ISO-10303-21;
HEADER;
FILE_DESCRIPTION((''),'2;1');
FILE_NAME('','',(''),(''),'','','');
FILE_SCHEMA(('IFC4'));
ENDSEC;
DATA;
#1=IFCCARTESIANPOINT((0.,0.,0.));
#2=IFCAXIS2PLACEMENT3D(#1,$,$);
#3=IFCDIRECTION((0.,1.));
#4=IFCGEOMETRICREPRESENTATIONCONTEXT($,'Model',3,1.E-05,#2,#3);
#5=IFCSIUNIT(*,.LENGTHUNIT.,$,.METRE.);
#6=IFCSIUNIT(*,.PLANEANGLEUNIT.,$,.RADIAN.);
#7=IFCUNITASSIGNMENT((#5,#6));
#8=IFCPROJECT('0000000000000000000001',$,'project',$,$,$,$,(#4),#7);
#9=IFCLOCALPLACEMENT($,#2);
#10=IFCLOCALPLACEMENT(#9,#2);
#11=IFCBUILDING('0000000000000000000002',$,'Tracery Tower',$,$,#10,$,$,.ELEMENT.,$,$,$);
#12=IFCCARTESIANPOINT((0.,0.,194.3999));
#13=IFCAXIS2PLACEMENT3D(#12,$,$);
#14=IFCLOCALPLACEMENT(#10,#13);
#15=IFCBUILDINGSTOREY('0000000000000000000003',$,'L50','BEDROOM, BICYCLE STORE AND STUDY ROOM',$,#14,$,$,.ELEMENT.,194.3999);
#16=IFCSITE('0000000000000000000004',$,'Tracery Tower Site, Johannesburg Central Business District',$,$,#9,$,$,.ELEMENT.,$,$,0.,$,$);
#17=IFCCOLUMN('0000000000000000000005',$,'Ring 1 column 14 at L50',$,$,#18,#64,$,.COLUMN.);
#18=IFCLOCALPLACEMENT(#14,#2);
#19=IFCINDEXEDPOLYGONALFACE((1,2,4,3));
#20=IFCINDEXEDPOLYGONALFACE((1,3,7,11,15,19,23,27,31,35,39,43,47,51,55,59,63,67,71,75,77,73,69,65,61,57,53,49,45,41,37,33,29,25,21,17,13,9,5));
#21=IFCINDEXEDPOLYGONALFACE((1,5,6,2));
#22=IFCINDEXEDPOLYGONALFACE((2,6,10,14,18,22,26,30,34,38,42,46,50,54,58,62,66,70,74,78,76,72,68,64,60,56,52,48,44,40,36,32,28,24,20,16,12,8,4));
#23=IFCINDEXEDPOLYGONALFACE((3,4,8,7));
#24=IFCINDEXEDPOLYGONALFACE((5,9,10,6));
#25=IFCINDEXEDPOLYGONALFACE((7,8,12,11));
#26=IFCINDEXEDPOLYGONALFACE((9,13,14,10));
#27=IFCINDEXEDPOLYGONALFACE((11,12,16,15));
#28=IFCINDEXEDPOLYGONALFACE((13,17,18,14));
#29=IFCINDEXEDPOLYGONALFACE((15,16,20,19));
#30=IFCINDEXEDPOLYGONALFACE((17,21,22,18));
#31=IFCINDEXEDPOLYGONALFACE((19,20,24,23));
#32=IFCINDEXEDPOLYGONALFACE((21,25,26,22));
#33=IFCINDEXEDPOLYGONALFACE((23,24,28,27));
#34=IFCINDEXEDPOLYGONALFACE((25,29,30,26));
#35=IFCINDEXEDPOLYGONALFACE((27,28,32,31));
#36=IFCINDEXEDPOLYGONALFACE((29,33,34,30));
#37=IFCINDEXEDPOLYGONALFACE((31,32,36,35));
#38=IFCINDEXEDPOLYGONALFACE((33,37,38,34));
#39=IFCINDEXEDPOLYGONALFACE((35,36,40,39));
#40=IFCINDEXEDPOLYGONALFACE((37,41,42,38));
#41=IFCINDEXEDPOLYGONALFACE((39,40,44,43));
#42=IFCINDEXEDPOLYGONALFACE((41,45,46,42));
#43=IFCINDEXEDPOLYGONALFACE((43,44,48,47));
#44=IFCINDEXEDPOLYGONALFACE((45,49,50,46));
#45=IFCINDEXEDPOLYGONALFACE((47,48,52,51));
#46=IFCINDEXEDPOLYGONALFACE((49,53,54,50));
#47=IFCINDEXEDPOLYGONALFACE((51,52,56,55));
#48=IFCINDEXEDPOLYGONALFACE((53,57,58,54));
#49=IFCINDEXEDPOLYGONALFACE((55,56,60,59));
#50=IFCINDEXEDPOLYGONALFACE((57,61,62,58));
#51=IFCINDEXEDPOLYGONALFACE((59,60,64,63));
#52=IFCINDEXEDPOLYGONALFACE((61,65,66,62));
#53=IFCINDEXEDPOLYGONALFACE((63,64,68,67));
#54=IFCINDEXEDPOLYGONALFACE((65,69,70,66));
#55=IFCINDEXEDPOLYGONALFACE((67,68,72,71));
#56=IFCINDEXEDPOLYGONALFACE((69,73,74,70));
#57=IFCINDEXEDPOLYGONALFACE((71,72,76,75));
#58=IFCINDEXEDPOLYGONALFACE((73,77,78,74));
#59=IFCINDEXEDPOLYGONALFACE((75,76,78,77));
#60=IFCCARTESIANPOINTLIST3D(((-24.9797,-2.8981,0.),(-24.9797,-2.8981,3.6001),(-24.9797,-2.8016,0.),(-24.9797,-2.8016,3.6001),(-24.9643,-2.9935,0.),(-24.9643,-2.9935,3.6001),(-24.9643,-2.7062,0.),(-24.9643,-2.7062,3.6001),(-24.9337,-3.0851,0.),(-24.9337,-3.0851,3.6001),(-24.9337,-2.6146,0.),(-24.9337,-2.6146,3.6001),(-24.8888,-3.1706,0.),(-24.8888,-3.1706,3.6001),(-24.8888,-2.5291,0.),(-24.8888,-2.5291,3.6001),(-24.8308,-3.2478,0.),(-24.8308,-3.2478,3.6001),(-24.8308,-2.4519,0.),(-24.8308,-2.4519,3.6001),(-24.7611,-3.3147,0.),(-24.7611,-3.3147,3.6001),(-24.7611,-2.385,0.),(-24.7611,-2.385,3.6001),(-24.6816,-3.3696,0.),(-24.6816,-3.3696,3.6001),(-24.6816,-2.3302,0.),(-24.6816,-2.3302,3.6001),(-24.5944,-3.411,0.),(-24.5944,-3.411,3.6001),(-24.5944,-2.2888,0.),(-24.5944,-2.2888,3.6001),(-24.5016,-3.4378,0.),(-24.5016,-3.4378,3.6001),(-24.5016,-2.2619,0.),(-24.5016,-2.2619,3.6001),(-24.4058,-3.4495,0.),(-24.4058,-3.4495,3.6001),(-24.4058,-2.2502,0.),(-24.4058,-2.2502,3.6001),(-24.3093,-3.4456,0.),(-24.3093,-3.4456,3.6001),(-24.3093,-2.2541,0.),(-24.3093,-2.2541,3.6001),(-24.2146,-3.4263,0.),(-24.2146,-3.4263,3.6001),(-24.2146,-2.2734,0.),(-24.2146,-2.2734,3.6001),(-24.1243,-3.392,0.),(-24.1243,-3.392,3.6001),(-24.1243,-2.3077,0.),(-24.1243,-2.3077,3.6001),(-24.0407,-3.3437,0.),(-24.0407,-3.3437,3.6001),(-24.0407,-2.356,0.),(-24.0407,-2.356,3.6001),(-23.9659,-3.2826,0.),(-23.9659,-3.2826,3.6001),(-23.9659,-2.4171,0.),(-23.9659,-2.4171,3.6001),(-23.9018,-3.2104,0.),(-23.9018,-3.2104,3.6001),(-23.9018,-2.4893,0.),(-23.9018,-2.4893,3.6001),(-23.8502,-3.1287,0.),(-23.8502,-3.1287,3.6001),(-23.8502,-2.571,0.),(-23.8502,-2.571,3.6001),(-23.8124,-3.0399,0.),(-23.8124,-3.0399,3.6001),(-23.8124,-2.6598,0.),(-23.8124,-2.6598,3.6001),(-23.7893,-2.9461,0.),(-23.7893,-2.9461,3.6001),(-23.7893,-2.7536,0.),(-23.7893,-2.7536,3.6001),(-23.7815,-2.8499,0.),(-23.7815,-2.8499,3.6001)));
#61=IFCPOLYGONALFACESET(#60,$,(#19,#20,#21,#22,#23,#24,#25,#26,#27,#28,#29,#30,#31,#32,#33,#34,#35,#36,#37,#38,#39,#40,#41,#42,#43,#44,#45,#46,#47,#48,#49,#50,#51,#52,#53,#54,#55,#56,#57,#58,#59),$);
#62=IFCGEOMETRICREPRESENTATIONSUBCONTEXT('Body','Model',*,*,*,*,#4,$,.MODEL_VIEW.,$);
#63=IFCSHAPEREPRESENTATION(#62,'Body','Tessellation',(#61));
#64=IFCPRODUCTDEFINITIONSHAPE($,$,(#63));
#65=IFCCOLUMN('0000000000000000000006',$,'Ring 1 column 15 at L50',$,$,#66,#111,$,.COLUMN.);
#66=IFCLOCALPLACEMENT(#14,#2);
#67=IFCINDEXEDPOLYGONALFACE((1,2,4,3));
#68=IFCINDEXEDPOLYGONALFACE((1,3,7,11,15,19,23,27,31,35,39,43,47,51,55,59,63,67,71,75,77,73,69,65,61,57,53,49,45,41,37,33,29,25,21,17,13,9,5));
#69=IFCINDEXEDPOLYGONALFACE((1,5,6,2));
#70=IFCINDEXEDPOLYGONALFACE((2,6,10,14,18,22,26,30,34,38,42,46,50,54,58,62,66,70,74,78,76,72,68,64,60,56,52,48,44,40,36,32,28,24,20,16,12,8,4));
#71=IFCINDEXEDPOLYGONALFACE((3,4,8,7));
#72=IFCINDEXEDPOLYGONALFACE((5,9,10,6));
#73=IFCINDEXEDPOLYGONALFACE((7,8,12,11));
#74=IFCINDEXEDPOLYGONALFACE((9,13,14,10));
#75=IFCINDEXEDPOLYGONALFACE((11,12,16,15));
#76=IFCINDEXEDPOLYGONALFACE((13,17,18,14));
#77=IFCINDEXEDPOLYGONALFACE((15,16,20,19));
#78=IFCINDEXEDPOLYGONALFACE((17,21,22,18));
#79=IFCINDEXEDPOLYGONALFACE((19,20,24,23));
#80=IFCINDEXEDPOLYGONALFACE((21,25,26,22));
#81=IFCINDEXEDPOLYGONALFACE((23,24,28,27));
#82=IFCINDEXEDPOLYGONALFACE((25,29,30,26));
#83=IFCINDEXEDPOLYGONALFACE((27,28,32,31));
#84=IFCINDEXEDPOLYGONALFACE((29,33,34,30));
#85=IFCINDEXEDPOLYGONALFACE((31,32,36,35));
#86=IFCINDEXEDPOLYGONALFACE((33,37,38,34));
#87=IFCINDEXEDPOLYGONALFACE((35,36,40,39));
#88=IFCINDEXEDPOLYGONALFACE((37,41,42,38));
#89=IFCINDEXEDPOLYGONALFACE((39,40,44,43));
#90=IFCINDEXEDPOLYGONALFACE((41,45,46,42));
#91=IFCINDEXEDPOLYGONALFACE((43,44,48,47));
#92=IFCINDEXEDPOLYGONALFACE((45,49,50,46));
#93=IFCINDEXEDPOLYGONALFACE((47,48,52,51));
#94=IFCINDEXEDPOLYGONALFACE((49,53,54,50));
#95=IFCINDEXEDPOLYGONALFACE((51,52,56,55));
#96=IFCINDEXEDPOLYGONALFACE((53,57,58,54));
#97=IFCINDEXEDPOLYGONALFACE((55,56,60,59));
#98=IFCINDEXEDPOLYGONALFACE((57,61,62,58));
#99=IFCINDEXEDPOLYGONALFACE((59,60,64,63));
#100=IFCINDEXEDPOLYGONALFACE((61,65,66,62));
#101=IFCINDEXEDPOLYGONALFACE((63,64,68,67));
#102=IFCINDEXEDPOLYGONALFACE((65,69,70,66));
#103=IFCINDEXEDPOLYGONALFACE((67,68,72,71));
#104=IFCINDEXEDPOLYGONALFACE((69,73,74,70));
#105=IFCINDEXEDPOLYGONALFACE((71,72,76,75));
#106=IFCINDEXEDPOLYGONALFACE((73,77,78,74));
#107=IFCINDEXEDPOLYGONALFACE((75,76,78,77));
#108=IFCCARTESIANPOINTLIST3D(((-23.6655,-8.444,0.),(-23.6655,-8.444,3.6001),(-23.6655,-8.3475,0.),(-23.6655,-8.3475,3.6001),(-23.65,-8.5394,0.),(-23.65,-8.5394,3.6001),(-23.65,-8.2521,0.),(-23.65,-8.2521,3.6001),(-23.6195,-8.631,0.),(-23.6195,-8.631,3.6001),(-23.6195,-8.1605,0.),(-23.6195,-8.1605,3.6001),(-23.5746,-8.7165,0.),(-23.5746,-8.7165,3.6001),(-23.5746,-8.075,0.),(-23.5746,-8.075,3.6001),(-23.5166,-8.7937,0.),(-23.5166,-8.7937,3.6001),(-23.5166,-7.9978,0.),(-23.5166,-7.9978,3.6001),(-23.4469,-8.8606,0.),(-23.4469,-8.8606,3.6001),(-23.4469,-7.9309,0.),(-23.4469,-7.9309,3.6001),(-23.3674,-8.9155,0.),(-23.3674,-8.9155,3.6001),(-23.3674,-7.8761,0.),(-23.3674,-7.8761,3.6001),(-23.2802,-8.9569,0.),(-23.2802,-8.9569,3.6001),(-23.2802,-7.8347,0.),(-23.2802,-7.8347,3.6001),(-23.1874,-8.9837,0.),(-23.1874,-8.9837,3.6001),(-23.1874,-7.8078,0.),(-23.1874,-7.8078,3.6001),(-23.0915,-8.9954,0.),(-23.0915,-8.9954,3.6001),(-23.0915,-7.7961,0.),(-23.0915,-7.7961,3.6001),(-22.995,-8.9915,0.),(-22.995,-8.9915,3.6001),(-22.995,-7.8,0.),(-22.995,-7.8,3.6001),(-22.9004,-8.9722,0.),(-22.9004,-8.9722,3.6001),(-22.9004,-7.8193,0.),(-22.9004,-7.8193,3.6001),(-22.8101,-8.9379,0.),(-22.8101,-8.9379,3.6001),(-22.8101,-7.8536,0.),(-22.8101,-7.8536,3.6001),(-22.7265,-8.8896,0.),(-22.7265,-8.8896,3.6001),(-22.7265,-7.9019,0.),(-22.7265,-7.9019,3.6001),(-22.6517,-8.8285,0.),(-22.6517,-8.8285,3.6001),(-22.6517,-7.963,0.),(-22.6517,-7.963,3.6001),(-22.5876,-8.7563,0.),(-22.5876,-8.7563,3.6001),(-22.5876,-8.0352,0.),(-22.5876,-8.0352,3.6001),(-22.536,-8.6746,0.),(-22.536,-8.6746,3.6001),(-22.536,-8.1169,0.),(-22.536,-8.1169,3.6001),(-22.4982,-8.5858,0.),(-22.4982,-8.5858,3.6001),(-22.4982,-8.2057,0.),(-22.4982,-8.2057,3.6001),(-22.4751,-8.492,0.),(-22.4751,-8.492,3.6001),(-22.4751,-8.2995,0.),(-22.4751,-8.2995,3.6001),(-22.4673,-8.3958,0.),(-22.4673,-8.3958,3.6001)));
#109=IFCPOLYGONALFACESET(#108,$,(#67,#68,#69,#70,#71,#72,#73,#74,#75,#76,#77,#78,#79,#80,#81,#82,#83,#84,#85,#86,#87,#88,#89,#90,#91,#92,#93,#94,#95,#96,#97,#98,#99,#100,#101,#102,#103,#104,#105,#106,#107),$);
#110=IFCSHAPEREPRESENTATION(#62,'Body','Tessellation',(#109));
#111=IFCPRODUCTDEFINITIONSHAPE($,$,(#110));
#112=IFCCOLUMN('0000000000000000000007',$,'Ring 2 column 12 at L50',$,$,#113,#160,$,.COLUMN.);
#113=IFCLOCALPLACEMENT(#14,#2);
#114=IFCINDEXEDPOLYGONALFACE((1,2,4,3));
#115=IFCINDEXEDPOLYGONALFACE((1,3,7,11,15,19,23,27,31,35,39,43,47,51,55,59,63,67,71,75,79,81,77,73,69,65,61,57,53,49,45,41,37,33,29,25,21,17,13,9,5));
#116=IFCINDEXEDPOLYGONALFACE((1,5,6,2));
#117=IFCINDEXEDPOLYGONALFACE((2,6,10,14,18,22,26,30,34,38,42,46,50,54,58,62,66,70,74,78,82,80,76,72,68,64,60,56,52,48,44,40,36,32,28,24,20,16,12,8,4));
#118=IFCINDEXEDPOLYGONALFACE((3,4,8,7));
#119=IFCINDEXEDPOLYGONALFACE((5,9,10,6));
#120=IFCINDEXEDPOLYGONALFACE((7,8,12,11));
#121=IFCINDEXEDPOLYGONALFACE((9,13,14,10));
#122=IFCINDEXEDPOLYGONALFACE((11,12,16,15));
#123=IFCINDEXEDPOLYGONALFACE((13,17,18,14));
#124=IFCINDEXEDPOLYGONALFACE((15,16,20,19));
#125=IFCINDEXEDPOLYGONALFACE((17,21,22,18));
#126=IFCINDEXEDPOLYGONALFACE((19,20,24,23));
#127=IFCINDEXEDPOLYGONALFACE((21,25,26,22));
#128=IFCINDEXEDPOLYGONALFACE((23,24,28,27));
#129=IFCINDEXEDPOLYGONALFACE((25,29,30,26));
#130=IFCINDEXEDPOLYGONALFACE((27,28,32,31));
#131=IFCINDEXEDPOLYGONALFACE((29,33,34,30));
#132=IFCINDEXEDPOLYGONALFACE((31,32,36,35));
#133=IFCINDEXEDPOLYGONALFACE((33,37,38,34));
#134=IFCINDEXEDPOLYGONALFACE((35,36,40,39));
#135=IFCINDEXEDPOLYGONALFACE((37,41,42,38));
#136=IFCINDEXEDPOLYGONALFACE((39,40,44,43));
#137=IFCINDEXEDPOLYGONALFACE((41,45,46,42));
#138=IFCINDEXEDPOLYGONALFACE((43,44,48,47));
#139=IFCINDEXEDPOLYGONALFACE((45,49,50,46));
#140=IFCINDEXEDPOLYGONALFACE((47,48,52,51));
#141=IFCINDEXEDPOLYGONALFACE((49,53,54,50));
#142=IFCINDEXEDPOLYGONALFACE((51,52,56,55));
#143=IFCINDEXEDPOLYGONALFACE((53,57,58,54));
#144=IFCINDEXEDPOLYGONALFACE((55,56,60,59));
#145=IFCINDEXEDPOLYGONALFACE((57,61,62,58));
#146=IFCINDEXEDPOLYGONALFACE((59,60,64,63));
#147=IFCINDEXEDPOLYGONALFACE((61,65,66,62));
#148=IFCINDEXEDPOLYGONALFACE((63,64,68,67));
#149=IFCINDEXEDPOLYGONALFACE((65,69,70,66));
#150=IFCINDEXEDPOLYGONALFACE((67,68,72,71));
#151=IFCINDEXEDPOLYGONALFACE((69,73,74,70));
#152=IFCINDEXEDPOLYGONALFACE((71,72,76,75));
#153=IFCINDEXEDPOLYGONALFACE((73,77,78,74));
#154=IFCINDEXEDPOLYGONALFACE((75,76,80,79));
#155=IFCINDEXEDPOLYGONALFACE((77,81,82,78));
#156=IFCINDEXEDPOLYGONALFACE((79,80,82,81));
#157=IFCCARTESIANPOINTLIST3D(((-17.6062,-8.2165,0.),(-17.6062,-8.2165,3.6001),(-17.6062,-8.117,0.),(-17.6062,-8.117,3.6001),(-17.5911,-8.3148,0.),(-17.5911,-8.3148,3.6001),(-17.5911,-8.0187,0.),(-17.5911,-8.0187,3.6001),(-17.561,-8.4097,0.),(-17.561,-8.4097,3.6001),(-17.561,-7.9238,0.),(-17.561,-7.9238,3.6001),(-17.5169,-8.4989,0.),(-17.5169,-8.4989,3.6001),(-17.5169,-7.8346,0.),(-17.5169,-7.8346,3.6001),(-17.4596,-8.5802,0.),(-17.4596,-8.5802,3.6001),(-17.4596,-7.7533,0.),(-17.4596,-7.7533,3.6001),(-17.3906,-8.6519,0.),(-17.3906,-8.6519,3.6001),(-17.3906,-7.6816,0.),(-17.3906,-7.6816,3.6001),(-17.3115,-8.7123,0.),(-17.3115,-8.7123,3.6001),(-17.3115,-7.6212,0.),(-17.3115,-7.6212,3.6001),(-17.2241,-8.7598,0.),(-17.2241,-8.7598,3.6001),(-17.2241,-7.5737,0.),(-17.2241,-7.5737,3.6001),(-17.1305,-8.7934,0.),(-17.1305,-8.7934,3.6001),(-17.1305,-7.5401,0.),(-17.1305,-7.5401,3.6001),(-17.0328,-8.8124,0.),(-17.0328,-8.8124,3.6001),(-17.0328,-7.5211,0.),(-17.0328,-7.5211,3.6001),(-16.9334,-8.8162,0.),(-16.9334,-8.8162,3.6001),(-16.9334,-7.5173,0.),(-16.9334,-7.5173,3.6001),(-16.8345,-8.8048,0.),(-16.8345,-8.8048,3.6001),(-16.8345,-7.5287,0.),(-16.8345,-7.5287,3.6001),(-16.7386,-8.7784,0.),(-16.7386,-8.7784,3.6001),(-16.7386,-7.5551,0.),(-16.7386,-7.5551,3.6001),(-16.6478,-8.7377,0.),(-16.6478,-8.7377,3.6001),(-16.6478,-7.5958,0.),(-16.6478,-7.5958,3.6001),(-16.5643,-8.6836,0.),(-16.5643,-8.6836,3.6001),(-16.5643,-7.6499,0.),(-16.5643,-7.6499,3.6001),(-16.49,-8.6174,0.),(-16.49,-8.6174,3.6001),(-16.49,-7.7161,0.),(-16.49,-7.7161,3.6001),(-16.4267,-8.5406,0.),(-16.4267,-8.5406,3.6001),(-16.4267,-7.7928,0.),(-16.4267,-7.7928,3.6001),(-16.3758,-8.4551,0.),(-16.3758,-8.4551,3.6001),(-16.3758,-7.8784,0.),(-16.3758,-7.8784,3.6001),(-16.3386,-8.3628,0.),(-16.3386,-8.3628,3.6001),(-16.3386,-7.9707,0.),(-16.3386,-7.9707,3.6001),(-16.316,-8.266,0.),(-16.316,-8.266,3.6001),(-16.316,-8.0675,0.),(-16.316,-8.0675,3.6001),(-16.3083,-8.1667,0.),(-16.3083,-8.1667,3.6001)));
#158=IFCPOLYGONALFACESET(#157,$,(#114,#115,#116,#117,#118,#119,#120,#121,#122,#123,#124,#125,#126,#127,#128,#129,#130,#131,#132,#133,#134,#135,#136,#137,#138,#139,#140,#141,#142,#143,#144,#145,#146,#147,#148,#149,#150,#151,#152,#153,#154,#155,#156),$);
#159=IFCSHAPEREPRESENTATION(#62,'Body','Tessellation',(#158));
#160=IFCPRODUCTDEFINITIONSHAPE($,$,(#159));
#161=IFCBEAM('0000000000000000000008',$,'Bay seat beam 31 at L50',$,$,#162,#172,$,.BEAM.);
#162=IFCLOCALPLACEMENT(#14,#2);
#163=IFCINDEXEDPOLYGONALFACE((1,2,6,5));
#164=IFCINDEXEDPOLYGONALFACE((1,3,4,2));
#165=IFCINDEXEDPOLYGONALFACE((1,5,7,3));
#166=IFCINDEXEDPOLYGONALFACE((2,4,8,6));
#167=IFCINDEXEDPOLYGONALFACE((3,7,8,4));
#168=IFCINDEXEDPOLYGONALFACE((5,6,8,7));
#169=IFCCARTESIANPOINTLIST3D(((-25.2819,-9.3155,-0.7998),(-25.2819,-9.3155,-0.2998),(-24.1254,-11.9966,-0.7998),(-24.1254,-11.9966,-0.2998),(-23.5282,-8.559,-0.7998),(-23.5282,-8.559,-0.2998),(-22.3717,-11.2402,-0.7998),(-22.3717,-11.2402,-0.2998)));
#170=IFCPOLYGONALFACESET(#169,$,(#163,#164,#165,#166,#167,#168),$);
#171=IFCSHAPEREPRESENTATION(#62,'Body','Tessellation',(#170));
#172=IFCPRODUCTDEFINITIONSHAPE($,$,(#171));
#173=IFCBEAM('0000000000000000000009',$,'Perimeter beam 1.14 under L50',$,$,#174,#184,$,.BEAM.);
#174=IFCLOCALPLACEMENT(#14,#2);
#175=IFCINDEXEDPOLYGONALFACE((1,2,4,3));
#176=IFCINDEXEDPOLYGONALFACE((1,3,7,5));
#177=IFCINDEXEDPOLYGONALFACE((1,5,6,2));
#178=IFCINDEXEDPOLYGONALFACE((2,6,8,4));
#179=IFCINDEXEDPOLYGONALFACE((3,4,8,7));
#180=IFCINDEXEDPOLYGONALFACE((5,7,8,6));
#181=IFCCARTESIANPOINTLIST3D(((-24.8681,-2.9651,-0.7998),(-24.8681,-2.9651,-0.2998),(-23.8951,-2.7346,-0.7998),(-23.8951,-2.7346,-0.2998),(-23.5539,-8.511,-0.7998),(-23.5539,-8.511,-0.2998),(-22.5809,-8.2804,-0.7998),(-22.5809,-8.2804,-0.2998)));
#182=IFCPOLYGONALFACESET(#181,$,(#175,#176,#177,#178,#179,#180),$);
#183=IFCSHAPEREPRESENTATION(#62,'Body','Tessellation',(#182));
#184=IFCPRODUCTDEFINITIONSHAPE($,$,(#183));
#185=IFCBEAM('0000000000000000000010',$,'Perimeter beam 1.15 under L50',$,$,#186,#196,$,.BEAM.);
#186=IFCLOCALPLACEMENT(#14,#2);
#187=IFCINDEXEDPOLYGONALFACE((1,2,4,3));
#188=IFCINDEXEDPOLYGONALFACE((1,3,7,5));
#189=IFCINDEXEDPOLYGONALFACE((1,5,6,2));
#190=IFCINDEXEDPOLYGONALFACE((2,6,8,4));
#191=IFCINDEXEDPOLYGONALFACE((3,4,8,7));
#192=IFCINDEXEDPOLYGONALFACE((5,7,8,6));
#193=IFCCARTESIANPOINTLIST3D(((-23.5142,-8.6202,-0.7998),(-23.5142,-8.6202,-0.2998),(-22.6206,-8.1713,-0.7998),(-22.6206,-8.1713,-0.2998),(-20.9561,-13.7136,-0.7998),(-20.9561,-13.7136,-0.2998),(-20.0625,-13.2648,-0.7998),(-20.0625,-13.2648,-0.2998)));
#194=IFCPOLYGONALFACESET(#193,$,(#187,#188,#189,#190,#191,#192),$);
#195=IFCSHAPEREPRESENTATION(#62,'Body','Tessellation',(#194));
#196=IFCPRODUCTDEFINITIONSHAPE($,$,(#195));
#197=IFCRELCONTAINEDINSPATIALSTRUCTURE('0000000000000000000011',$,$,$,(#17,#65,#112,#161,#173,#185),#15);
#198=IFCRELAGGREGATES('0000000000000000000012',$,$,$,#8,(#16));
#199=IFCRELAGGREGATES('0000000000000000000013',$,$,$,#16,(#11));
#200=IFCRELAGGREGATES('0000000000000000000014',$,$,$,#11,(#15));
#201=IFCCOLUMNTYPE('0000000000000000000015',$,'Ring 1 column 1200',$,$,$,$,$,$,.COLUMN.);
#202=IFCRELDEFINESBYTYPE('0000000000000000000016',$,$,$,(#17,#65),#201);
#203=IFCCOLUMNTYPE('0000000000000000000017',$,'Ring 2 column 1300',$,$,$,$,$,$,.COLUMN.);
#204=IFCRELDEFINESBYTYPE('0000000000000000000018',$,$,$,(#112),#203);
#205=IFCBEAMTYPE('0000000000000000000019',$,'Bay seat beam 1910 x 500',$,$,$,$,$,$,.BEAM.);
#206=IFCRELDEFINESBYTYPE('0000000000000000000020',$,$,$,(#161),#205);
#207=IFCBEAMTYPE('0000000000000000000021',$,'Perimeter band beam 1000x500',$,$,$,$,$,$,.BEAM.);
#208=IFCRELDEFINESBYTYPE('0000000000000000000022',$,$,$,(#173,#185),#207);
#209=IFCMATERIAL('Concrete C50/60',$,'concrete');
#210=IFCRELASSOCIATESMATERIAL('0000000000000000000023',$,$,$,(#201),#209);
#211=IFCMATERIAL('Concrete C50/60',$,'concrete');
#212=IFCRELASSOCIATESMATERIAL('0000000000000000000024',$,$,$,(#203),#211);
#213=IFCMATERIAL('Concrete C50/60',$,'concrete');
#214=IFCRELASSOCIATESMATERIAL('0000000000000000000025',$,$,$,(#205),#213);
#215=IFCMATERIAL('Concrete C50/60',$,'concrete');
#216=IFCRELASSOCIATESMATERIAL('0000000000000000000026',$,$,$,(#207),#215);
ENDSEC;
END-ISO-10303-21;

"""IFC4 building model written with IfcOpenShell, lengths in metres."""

from ifc_helpers import new_model, si_unit, direction, frame, origin, origin_2d, place, context, subcontext, project, spatial, rectangle, circle, extrude, material, material_profile, profile_set, type_object, element, save


model = new_model("IFC4")

# Units and contexts
model_context = context("Model", 3, precision=1e-05, world=origin(), true_north=direction((0.0, 1.0)))
body_context = subcontext(model_context, "Body", "Model", "MODEL_VIEW")
ifc_project = project(units=[si_unit("LENGTHUNIT", "METRE"), si_unit("PLANEANGLEUNIT", "RADIAN")], contexts=[model_context])

# Site, building, storey
site_placement = place(None, origin())
site = spatial("IfcSite", under=ifc_project, at=site_placement, Name="Tracery Tower Site, Johannesburg Central Business District", CompositionType="ELEMENT", RefElevation=0.0)
building_placement = place(site_placement, origin())
building = spatial("IfcBuilding", under=site, at=building_placement, Name="Tracery Tower", CompositionType="ELEMENT")
storey_placement = place(building_placement, frame((0.0, 0.0, 194.3999)))
storey = spatial("IfcBuildingStorey", under=building, at=storey_placement, Name="L50", Description="BEDROOM, BICYCLE STORE AND STUDY ROOM", CompositionType="ELEMENT", Elevation=194.3999)

# Columns
ifc_material_1 = material(Name="Concrete C50/60", Category="concrete")
ifc_material_profile_1 = material_profile(ifc_material_1, circle(Radius=0.6001, at=origin_2d()), Name="RC D1200")
ifc_profile_set_1 = profile_set([ifc_material_profile_1], Name="Concrete C50/60")
column_type_1 = type_object("IfcColumnType", Name="Ring 1 column 1200", PredefinedType="COLUMN", material=ifc_profile_set_1)
for number, where, z_axis, x_axis, name in (
    (1, (-24.3816, -2.8499, 0.0), (0.0, 0.0, 1.0), (1.0, 0.0, 0.0), "Ring 1 column 14 at L50"),
    (2, (-23.0674, -8.3958, 0.0), (0.0, 0.0, 1.0), (1.0, 0.0, 0.0), "Ring 1 column 15 at L50"),
):
    element("IfcColumn", number, at=place(storey_placement, frame(where, z_axis=z_axis, x_axis=x_axis)), inside=storey, type_object=column_type_1, Name=name, PredefinedType="COLUMN", context=body_context, shape_type="SweptSolid", body=[
        extrude(circle(Radius=0.6001, at=origin_2d()), origin(), (0.0, 0.0, 1.0), 3.6001),
    ])
ifc_material_2 = material(Name="Concrete C50/60", Category="concrete")
ifc_material_profile_2 = material_profile(ifc_material_2, circle(Radius=0.6499, at=origin_2d()), Name="RC D1300")
ifc_profile_set_2 = profile_set([ifc_material_profile_2], Name="Concrete C50/60")
column_type_2 = type_object("IfcColumnType", Name="Ring 2 column 1300", PredefinedType="COLUMN", material=ifc_profile_set_2)
column_placement = place(storey_placement, frame((-16.9583, -8.1667, 0.0), z_axis=(0.0, 0.0, 1.0), x_axis=(1.0, 0.0, 0.0)))
element("IfcColumn", 3, at=column_placement, inside=storey, type_object=column_type_2, Name="Ring 2 column 12 at L50", PredefinedType="COLUMN", context=body_context, shape_type="SweptSolid", body=[
    extrude(circle(Radius=0.6499, at=origin_2d()), origin(), (0.0, 0.0, 1.0), 3.6001),
])

# Beams
ifc_material_3 = material(Name="Concrete C50/60", Category="concrete")
ifc_material_profile_3 = material_profile(ifc_material_3, rectangle(XDim=1.9099, YDim=0.5, at=origin_2d()), Name="RC 1910x500")
ifc_profile_set_3 = profile_set([ifc_material_profile_3], Name="Concrete C50/60")
beam_type_1 = type_object("IfcBeamType", Name="Bay seat beam 1910 x 500", PredefinedType="BEAM", material=ifc_profile_set_3)
beam_1_placement = place(storey_placement, frame((-24.405, -8.9373, -0.5498), z_axis=(0.396068, -0.918221, 0.0), x_axis=(0.918221, 0.396068, 0.0)))
element("IfcBeam", 4, at=beam_1_placement, inside=storey, type_object=beam_type_1, Name="Bay seat beam 31 at L50", PredefinedType="BEAM", context=body_context, shape_type="SweptSolid", body=[
    extrude(rectangle(XDim=1.9099, YDim=0.5, at=origin_2d()), origin(), (0.0, 0.0, 1.0), 2.9199),
])
ifc_material_4 = material(Name="Concrete C50/60", Category="concrete")
ifc_material_profile_4 = material_profile(ifc_material_4, rectangle(XDim=1.0, YDim=0.5, at=origin_2d()), Name="RC 1000x500")
ifc_profile_set_4 = profile_set([ifc_material_profile_4], Name="Concrete C50/60")
beam_type_2 = type_object("IfcBeamType", Name="Perimeter band beam 1000x500", PredefinedType="BEAM", material=ifc_profile_set_4)
beam_2_placement = place(storey_placement, frame((-24.3816, -2.8499, -0.5498), z_axis=(0.230584, -0.973052, 0.0), x_axis=(0.973052, 0.230584, 0.0)))
element("IfcBeam", 5, at=beam_2_placement, inside=storey, type_object=beam_type_2, Name="Perimeter beam 1.14 under L50", PredefinedType="BEAM", context=body_context, shape_type="SweptSolid", body=[
    extrude(rectangle(XDim=1.0, YDim=0.5, at=origin_2d()), origin(), (0.0, 0.0, 1.0), 5.6995),
])
beam_3_placement = place(storey_placement, frame((-23.0674, -8.3958, -0.5498), z_axis=(0.448806, -0.893629, 0.0), x_axis=(0.893629, 0.448806, 0.0)))
element("IfcBeam", 6, at=beam_3_placement, inside=storey, type_object=beam_type_2, Name="Perimeter beam 1.15 under L50", PredefinedType="BEAM", context=body_context, shape_type="SweptSolid", body=[
    extrude(rectangle(XDim=1.0, YDim=0.5, at=origin_2d()), origin(), (0.0, 0.0, 1.0), 5.6997),
])

save(model, "model.ifc")
